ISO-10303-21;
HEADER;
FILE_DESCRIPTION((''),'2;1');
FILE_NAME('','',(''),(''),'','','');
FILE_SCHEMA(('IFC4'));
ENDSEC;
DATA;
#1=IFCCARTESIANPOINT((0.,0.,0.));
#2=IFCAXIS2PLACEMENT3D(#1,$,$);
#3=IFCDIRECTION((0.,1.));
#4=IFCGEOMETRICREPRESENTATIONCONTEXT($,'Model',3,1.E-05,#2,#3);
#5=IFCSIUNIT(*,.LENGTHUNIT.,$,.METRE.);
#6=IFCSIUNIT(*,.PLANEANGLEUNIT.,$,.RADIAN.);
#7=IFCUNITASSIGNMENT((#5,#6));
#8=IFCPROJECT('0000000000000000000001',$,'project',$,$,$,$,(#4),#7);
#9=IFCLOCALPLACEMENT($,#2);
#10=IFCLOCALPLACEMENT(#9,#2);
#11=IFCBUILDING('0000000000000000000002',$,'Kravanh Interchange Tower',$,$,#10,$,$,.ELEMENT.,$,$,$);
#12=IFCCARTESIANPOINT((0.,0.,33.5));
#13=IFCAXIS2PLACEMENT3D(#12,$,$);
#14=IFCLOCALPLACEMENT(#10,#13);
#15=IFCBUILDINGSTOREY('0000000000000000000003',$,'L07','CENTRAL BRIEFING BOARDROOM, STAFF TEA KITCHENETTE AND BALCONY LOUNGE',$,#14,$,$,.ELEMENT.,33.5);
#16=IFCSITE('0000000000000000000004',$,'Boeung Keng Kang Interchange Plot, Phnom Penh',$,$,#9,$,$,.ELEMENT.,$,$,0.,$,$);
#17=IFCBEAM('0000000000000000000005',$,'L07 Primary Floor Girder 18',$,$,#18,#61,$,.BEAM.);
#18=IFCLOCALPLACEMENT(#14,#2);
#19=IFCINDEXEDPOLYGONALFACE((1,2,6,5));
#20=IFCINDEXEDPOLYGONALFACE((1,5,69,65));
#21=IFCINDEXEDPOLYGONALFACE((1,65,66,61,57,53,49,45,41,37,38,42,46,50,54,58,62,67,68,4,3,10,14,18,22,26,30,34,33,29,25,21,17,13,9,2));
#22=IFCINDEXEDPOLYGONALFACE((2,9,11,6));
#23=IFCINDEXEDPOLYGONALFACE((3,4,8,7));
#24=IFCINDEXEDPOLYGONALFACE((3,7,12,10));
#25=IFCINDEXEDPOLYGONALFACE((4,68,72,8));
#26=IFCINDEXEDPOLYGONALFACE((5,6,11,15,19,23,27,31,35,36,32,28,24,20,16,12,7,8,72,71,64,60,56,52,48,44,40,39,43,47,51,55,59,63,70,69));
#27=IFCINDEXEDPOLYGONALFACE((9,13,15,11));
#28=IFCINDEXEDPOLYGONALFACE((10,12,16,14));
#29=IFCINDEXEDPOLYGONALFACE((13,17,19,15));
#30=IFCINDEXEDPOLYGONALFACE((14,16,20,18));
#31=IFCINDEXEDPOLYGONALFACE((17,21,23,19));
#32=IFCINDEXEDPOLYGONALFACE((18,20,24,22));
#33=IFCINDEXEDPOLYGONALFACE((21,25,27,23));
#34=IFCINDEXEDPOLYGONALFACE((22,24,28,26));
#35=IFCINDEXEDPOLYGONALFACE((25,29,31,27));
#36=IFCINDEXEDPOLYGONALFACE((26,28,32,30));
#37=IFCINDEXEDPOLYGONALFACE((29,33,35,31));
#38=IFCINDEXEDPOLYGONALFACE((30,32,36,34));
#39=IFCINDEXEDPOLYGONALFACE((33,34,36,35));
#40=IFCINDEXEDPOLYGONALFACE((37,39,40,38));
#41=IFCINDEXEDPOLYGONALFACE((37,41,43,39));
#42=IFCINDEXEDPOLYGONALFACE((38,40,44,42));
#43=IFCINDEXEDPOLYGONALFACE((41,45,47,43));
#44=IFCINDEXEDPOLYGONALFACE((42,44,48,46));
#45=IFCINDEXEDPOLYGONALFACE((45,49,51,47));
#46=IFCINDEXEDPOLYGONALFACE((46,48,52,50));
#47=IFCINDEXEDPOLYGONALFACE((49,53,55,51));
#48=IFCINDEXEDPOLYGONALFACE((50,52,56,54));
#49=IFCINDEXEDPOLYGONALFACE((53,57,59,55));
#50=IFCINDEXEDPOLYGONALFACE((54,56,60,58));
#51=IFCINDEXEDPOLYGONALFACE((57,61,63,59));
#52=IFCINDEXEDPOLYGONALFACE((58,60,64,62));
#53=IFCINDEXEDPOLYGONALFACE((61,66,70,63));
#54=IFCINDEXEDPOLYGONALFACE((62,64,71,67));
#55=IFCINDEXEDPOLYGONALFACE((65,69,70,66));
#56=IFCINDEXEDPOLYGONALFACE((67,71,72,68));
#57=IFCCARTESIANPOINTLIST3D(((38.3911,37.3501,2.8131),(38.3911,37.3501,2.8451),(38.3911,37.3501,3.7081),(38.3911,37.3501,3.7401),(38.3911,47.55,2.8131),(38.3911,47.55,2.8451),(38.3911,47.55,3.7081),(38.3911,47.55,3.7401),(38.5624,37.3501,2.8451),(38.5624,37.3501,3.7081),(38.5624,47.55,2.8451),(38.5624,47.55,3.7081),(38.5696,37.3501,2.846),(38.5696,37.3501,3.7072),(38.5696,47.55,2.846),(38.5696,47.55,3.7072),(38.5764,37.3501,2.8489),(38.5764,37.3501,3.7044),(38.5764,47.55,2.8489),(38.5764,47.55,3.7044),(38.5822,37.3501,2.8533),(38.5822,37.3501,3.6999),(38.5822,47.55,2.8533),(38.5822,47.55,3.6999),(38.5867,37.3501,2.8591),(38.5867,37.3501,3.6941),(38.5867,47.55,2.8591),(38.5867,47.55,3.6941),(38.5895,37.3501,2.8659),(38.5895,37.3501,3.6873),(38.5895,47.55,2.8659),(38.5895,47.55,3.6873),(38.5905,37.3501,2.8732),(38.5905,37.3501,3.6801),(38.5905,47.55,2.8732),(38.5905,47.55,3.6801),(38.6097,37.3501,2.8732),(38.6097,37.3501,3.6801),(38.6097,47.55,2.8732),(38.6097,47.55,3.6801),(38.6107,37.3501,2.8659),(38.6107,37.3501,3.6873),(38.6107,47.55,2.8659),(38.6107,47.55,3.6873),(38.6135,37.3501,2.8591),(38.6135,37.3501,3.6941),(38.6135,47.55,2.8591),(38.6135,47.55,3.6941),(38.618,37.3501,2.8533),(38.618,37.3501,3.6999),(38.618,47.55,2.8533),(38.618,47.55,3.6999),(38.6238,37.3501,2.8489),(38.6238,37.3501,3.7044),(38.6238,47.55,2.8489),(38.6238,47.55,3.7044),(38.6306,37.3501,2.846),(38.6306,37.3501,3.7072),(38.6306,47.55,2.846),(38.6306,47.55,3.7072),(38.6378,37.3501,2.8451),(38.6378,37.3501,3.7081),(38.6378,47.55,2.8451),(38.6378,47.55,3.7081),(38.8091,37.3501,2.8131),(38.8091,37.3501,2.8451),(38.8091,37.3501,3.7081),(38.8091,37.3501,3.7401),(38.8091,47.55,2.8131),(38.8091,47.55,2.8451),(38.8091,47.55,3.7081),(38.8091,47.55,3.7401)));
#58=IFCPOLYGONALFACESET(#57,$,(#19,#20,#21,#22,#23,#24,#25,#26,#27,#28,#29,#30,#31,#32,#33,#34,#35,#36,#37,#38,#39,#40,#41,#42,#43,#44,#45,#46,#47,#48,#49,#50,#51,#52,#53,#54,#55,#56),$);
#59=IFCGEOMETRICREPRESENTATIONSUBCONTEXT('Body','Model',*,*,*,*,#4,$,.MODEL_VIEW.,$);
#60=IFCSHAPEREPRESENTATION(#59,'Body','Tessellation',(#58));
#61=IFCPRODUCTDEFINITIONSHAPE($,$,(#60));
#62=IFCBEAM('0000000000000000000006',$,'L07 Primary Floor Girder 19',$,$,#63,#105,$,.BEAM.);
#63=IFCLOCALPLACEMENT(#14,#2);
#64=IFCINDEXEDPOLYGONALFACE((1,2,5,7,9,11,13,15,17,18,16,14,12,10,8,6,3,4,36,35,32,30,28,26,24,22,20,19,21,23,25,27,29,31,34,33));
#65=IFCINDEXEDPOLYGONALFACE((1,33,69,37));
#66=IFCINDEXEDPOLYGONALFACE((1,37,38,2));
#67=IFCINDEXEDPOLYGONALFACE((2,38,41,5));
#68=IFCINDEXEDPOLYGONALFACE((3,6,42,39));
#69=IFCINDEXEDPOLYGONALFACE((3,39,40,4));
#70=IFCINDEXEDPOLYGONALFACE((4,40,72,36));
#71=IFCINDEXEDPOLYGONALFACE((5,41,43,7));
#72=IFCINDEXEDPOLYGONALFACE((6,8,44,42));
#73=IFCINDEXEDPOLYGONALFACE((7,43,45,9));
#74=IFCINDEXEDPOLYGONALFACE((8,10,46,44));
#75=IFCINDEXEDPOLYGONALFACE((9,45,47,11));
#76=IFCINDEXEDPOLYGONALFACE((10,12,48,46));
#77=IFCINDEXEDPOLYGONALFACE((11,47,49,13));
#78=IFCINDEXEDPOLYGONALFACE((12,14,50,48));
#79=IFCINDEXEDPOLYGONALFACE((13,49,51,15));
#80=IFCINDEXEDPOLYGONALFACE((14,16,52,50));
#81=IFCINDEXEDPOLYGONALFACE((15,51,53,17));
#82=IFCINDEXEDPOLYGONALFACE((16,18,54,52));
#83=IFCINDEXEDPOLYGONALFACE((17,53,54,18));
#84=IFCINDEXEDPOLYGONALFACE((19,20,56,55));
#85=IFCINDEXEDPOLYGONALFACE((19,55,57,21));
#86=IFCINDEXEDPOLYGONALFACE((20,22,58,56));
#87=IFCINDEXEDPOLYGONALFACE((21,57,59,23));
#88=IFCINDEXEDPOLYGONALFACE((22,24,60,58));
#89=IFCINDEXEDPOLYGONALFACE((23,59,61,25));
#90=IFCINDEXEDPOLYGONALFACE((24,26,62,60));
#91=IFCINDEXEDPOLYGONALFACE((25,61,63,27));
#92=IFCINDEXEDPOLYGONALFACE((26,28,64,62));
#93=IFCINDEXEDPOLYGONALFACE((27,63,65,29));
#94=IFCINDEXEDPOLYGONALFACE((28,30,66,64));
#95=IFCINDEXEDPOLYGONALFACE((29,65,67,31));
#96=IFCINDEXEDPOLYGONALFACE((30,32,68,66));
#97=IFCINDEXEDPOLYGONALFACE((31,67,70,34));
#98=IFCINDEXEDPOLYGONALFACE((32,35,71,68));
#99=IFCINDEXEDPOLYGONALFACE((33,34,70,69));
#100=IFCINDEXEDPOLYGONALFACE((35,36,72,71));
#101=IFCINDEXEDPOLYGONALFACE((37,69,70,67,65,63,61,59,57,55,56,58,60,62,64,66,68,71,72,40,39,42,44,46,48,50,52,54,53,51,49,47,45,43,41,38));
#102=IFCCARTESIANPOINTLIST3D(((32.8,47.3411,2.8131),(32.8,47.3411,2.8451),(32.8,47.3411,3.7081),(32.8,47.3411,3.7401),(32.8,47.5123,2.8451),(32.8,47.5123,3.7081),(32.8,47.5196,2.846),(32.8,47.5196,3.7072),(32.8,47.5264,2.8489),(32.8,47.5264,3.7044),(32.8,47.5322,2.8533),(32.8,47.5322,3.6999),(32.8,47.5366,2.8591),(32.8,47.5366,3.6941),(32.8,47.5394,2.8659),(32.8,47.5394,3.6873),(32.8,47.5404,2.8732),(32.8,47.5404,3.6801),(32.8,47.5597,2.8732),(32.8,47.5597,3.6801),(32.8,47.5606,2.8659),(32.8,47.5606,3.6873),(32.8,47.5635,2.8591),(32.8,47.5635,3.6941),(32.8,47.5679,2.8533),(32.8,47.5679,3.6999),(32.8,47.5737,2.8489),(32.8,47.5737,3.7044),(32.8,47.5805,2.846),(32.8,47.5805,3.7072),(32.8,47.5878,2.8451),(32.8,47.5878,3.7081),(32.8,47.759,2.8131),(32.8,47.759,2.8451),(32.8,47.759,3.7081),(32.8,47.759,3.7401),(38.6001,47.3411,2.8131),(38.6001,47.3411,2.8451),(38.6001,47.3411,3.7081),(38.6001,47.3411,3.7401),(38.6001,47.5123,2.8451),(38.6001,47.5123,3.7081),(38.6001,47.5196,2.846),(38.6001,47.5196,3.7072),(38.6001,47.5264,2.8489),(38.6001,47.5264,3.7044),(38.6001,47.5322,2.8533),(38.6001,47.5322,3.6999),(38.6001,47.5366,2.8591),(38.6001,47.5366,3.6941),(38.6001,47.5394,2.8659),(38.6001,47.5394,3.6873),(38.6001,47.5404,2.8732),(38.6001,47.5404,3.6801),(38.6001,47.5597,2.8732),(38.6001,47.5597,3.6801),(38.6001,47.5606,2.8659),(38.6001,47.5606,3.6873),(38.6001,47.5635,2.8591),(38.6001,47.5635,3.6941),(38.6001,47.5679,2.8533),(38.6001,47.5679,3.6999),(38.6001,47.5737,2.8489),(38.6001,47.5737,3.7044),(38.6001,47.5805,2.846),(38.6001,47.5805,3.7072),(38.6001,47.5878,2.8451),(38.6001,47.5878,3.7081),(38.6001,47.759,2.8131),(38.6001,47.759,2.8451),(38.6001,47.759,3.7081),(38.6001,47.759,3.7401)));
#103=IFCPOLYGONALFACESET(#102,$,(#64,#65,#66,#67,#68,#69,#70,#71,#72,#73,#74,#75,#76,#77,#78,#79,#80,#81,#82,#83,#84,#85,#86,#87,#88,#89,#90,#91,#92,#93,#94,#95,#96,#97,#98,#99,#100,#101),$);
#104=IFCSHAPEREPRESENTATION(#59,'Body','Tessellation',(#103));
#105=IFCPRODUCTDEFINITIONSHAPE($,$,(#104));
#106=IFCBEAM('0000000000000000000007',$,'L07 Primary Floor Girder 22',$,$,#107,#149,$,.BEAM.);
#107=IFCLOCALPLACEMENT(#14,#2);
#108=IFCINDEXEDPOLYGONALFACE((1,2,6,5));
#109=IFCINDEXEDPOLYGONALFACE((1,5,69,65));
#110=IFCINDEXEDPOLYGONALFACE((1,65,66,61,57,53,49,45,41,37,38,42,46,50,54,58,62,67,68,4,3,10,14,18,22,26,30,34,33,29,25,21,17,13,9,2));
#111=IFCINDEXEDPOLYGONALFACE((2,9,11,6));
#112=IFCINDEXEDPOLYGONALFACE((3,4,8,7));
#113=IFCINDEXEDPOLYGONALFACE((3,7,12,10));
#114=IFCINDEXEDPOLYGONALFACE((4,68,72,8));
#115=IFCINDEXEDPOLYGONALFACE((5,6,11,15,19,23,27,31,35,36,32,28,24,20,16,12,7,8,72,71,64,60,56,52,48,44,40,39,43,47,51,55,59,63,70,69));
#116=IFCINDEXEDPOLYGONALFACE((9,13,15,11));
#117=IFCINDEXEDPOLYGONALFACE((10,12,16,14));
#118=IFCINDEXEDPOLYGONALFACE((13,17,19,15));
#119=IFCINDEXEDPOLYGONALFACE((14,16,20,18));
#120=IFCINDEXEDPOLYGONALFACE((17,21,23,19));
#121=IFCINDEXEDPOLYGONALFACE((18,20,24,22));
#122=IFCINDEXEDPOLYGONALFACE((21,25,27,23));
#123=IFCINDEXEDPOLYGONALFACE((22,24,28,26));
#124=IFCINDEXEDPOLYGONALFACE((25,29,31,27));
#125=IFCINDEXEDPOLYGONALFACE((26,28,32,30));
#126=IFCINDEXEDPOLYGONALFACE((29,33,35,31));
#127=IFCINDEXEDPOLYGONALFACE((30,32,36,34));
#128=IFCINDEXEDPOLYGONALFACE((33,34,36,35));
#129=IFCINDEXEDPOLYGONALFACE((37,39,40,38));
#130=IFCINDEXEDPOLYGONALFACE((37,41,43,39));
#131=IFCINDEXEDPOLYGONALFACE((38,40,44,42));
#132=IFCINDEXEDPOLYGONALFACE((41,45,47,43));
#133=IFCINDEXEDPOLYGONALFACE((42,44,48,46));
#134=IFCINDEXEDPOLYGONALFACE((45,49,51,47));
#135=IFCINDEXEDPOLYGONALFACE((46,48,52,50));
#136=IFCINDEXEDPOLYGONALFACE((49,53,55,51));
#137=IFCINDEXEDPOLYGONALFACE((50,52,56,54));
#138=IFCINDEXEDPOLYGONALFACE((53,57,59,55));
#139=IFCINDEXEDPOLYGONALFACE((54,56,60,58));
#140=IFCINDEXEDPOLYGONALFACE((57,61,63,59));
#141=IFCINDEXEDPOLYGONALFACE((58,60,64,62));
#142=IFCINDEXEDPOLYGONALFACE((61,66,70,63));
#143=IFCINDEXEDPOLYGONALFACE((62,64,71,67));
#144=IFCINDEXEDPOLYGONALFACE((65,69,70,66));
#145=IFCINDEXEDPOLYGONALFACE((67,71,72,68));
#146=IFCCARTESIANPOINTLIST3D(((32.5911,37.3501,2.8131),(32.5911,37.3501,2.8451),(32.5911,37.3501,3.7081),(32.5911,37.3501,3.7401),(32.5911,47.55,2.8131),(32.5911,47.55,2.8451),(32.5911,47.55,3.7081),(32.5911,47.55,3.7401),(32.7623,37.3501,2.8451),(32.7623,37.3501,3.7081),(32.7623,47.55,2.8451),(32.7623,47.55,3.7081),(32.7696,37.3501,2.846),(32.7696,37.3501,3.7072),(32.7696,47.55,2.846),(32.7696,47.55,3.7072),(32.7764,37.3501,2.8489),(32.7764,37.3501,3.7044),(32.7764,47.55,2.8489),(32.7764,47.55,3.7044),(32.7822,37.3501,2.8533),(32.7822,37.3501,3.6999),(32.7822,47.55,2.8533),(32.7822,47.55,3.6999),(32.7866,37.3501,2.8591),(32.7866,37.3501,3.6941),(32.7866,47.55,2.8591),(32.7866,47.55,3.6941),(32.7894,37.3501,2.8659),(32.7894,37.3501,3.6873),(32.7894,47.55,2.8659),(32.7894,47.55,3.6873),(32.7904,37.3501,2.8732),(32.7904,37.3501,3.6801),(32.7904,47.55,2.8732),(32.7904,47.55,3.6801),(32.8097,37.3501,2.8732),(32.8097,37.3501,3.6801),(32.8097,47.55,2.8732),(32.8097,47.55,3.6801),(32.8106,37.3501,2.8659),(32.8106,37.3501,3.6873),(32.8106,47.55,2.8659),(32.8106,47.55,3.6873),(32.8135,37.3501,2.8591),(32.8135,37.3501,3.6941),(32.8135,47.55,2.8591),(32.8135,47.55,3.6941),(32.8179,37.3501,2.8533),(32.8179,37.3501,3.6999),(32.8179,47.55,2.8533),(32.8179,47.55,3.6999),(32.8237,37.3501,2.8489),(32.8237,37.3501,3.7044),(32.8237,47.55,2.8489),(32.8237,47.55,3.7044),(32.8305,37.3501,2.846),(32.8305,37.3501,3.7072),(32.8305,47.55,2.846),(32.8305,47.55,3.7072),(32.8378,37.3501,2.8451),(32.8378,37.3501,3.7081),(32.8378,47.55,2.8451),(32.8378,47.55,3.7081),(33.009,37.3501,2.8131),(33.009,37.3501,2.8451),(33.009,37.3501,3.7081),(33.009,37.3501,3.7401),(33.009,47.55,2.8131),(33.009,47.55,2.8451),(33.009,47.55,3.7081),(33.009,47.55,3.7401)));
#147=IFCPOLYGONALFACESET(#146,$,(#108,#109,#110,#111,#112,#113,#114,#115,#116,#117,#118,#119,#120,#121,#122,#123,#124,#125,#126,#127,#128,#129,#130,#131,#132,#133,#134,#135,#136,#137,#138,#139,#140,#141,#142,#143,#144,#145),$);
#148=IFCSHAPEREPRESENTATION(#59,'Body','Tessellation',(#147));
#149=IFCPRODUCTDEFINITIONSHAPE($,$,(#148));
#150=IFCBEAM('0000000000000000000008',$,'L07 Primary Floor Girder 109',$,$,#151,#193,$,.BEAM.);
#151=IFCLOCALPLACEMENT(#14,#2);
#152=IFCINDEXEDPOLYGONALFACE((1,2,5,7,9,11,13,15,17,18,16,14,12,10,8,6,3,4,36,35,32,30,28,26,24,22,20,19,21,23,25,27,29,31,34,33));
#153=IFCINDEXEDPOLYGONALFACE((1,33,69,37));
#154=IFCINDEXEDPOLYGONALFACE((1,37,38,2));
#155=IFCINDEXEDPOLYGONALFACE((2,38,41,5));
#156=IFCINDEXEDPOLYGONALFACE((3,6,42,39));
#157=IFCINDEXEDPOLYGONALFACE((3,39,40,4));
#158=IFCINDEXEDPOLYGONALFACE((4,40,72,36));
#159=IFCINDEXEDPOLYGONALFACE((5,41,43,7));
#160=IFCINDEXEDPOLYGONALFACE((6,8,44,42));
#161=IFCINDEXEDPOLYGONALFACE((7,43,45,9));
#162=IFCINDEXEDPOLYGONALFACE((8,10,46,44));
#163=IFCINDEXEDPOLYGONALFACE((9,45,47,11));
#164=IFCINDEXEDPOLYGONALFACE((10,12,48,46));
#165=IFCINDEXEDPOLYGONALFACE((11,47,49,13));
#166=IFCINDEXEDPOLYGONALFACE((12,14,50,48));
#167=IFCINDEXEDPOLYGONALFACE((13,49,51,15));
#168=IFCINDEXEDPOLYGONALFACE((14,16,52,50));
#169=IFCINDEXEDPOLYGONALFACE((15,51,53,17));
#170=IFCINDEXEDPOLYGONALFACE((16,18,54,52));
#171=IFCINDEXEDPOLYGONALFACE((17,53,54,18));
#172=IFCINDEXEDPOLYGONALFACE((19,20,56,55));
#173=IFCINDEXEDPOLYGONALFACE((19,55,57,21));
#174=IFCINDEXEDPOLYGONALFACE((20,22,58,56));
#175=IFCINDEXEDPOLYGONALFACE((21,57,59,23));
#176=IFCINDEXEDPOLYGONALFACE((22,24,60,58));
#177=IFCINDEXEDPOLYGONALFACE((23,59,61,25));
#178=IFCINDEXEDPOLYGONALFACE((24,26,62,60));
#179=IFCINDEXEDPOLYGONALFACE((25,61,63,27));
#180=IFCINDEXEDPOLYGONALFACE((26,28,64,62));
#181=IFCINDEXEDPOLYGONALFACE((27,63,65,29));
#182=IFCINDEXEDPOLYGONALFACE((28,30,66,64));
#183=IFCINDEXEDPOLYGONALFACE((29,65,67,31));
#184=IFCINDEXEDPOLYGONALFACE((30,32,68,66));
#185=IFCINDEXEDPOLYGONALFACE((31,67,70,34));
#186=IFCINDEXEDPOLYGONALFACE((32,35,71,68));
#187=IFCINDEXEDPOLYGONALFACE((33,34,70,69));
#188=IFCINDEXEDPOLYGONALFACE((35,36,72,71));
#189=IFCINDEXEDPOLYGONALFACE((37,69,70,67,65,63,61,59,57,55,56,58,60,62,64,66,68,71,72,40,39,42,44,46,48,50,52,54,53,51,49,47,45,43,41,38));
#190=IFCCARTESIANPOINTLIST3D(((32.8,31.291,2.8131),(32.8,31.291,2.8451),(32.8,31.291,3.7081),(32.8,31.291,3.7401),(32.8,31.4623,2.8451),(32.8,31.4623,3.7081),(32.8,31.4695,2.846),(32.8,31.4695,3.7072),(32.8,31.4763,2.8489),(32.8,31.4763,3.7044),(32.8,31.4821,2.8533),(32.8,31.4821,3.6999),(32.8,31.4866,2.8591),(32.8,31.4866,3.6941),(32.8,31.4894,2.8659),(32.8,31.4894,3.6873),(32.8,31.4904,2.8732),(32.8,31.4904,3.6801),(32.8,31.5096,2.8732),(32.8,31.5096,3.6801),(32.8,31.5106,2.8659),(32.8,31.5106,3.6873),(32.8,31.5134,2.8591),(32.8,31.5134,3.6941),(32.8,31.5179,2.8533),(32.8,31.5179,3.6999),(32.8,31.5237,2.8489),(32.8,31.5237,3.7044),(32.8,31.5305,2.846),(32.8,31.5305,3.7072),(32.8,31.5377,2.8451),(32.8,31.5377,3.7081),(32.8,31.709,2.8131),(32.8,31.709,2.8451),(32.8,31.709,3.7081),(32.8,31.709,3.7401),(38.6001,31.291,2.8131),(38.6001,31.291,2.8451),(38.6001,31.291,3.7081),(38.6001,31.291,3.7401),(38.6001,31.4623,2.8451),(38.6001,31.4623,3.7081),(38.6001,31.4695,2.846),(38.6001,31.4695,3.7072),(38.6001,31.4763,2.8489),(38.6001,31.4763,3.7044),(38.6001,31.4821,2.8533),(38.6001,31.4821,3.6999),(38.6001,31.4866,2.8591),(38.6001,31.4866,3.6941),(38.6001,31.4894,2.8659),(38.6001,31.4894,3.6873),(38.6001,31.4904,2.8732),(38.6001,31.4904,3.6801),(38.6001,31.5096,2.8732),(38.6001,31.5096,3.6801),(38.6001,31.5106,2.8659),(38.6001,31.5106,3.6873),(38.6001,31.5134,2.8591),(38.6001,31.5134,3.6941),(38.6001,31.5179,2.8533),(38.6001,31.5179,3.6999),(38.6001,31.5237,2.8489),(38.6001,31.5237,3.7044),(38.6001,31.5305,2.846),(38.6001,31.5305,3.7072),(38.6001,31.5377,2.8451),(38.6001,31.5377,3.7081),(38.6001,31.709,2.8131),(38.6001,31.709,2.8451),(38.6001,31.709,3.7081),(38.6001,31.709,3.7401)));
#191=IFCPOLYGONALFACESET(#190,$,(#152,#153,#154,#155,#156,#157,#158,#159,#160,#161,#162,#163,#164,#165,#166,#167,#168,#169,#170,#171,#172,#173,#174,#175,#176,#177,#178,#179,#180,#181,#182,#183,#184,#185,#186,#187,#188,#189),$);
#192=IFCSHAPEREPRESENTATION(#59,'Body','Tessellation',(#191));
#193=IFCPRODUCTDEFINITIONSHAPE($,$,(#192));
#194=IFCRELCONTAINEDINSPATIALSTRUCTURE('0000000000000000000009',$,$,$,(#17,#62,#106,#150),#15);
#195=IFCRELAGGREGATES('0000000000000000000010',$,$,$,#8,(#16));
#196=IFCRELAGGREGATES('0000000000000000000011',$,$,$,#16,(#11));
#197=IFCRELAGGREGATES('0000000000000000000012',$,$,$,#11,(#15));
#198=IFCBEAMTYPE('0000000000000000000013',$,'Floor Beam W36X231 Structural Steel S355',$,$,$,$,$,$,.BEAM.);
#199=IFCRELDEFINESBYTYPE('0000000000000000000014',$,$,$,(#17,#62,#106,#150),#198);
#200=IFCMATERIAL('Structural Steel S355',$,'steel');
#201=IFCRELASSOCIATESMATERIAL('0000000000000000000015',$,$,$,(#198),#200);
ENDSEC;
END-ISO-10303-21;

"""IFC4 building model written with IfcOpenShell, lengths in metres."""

from ifc_helpers import new_model, si_unit, direction, frame, origin, origin_2d, place, context, subcontext, project, spatial, i_section, extrude, material, material_profile, profile_set, type_object, element, save


model = new_model("IFC4")

# Units and contexts
model_context = context("Model", 3, precision=1e-05, world=origin(), true_north=direction((0.0, 1.0)))
body_context = subcontext(model_context, "Body", "Model", "MODEL_VIEW")
ifc_project = project(units=[si_unit("LENGTHUNIT", "METRE"), si_unit("PLANEANGLEUNIT", "RADIAN")], contexts=[model_context])

# Site, building, storey
site_placement = place(None, origin())
site = spatial("IfcSite", under=ifc_project, at=site_placement, Name="Boeung Keng Kang Interchange Plot, Phnom Penh", CompositionType="ELEMENT", RefElevation=0.0)
building_placement = place(site_placement, origin())
building = spatial("IfcBuilding", under=site, at=building_placement, Name="Kravanh Interchange Tower", CompositionType="ELEMENT")
storey_placement = place(building_placement, frame((0.0, 0.0, 33.5)))
storey = spatial("IfcBuildingStorey", under=building, at=storey_placement, Name="L07", Description="CENTRAL BRIEFING BOARDROOM, STAFF TEA KITCHENETTE AND BALCONY LOUNGE", CompositionType="ELEMENT", Elevation=33.5)

# Beams
ifc_material_1 = material(Name="Structural Steel S355", Category="steel")
ifc_material_profile_1 = material_profile(ifc_material_1, i_section(OverallWidth=0.418, OverallDepth=0.927, WebThickness=0.0193, FlangeThickness=0.032, FilletRadius=0.0281, at=origin_2d()), Name="W36X231")
ifc_profile_set_1 = profile_set([ifc_material_profile_1], Name="Structural Steel S355")
beam_type_1 = type_object("IfcBeamType", Name="Floor Beam W36X231 Structural Steel S355", PredefinedType="BEAM", material=ifc_profile_set_1)
beam_1_placement = place(storey_placement, frame((38.6001, 37.3501, 3.2766), z_axis=(0.0, 1.0, 0.0), x_axis=(-1.0, 0.0, 0.0)))
element("IfcBeam", 1, at=beam_1_placement, inside=storey, type_object=beam_type_1, Name="L07 Primary Floor Girder 18", PredefinedType="BEAM", context=body_context, shape_type="SweptSolid", body=[
    extrude(i_section(OverallWidth=0.418, OverallDepth=0.927, WebThickness=0.0193, FlangeThickness=0.032, FilletRadius=0.0281, at=origin_2d()), origin(), (0.0, 0.0, 1.0), 10.2),
])
beam_2_placement = place(storey_placement, frame((38.6001, 47.55, 3.2766), z_axis=(-1.0, 0.0, 0.0), x_axis=(0.0, -1.0, 0.0)))
element("IfcBeam", 2, at=beam_2_placement, inside=storey, type_object=beam_type_1, Name="L07 Primary Floor Girder 19", PredefinedType="BEAM", context=body_context, shape_type="SweptSolid", body=[
    extrude(i_section(OverallWidth=0.418, OverallDepth=0.927, WebThickness=0.0193, FlangeThickness=0.032, FilletRadius=0.0281, at=origin_2d()), origin(), (0.0, 0.0, 1.0), 5.8),
])
beam_3_placement = place(storey_placement, frame((32.8, 37.3501, 3.2766), z_axis=(0.0, 1.0, 0.0), x_axis=(-1.0, 0.0, 0.0)))
element("IfcBeam", 3, at=beam_3_placement, inside=storey, type_object=beam_type_1, Name="L07 Primary Floor Girder 22", PredefinedType="BEAM", context=body_context, shape_type="SweptSolid", body=[
    extrude(i_section(OverallWidth=0.418, OverallDepth=0.927, WebThickness=0.0193, FlangeThickness=0.032, FilletRadius=0.0281, at=origin_2d()), origin(), (0.0, 0.0, 1.0), 10.2),
])
beam_4_placement = place(storey_placement, frame((32.8, 31.5, 3.2766), z_axis=(1.0, 0.0, 0.0), x_axis=(0.0, 1.0, 0.0)))
element("IfcBeam", 4, at=beam_4_placement, inside=storey, type_object=beam_type_1, Name="L07 Primary Floor Girder 109", PredefinedType="BEAM", context=body_context, shape_type="SweptSolid", body=[
    extrude(i_section(OverallWidth=0.418, OverallDepth=0.927, WebThickness=0.0193, FlangeThickness=0.032, FilletRadius=0.0281, at=origin_2d()), origin(), (0.0, 0.0, 1.0), 5.8),
])

save(model, "model.ifc")
